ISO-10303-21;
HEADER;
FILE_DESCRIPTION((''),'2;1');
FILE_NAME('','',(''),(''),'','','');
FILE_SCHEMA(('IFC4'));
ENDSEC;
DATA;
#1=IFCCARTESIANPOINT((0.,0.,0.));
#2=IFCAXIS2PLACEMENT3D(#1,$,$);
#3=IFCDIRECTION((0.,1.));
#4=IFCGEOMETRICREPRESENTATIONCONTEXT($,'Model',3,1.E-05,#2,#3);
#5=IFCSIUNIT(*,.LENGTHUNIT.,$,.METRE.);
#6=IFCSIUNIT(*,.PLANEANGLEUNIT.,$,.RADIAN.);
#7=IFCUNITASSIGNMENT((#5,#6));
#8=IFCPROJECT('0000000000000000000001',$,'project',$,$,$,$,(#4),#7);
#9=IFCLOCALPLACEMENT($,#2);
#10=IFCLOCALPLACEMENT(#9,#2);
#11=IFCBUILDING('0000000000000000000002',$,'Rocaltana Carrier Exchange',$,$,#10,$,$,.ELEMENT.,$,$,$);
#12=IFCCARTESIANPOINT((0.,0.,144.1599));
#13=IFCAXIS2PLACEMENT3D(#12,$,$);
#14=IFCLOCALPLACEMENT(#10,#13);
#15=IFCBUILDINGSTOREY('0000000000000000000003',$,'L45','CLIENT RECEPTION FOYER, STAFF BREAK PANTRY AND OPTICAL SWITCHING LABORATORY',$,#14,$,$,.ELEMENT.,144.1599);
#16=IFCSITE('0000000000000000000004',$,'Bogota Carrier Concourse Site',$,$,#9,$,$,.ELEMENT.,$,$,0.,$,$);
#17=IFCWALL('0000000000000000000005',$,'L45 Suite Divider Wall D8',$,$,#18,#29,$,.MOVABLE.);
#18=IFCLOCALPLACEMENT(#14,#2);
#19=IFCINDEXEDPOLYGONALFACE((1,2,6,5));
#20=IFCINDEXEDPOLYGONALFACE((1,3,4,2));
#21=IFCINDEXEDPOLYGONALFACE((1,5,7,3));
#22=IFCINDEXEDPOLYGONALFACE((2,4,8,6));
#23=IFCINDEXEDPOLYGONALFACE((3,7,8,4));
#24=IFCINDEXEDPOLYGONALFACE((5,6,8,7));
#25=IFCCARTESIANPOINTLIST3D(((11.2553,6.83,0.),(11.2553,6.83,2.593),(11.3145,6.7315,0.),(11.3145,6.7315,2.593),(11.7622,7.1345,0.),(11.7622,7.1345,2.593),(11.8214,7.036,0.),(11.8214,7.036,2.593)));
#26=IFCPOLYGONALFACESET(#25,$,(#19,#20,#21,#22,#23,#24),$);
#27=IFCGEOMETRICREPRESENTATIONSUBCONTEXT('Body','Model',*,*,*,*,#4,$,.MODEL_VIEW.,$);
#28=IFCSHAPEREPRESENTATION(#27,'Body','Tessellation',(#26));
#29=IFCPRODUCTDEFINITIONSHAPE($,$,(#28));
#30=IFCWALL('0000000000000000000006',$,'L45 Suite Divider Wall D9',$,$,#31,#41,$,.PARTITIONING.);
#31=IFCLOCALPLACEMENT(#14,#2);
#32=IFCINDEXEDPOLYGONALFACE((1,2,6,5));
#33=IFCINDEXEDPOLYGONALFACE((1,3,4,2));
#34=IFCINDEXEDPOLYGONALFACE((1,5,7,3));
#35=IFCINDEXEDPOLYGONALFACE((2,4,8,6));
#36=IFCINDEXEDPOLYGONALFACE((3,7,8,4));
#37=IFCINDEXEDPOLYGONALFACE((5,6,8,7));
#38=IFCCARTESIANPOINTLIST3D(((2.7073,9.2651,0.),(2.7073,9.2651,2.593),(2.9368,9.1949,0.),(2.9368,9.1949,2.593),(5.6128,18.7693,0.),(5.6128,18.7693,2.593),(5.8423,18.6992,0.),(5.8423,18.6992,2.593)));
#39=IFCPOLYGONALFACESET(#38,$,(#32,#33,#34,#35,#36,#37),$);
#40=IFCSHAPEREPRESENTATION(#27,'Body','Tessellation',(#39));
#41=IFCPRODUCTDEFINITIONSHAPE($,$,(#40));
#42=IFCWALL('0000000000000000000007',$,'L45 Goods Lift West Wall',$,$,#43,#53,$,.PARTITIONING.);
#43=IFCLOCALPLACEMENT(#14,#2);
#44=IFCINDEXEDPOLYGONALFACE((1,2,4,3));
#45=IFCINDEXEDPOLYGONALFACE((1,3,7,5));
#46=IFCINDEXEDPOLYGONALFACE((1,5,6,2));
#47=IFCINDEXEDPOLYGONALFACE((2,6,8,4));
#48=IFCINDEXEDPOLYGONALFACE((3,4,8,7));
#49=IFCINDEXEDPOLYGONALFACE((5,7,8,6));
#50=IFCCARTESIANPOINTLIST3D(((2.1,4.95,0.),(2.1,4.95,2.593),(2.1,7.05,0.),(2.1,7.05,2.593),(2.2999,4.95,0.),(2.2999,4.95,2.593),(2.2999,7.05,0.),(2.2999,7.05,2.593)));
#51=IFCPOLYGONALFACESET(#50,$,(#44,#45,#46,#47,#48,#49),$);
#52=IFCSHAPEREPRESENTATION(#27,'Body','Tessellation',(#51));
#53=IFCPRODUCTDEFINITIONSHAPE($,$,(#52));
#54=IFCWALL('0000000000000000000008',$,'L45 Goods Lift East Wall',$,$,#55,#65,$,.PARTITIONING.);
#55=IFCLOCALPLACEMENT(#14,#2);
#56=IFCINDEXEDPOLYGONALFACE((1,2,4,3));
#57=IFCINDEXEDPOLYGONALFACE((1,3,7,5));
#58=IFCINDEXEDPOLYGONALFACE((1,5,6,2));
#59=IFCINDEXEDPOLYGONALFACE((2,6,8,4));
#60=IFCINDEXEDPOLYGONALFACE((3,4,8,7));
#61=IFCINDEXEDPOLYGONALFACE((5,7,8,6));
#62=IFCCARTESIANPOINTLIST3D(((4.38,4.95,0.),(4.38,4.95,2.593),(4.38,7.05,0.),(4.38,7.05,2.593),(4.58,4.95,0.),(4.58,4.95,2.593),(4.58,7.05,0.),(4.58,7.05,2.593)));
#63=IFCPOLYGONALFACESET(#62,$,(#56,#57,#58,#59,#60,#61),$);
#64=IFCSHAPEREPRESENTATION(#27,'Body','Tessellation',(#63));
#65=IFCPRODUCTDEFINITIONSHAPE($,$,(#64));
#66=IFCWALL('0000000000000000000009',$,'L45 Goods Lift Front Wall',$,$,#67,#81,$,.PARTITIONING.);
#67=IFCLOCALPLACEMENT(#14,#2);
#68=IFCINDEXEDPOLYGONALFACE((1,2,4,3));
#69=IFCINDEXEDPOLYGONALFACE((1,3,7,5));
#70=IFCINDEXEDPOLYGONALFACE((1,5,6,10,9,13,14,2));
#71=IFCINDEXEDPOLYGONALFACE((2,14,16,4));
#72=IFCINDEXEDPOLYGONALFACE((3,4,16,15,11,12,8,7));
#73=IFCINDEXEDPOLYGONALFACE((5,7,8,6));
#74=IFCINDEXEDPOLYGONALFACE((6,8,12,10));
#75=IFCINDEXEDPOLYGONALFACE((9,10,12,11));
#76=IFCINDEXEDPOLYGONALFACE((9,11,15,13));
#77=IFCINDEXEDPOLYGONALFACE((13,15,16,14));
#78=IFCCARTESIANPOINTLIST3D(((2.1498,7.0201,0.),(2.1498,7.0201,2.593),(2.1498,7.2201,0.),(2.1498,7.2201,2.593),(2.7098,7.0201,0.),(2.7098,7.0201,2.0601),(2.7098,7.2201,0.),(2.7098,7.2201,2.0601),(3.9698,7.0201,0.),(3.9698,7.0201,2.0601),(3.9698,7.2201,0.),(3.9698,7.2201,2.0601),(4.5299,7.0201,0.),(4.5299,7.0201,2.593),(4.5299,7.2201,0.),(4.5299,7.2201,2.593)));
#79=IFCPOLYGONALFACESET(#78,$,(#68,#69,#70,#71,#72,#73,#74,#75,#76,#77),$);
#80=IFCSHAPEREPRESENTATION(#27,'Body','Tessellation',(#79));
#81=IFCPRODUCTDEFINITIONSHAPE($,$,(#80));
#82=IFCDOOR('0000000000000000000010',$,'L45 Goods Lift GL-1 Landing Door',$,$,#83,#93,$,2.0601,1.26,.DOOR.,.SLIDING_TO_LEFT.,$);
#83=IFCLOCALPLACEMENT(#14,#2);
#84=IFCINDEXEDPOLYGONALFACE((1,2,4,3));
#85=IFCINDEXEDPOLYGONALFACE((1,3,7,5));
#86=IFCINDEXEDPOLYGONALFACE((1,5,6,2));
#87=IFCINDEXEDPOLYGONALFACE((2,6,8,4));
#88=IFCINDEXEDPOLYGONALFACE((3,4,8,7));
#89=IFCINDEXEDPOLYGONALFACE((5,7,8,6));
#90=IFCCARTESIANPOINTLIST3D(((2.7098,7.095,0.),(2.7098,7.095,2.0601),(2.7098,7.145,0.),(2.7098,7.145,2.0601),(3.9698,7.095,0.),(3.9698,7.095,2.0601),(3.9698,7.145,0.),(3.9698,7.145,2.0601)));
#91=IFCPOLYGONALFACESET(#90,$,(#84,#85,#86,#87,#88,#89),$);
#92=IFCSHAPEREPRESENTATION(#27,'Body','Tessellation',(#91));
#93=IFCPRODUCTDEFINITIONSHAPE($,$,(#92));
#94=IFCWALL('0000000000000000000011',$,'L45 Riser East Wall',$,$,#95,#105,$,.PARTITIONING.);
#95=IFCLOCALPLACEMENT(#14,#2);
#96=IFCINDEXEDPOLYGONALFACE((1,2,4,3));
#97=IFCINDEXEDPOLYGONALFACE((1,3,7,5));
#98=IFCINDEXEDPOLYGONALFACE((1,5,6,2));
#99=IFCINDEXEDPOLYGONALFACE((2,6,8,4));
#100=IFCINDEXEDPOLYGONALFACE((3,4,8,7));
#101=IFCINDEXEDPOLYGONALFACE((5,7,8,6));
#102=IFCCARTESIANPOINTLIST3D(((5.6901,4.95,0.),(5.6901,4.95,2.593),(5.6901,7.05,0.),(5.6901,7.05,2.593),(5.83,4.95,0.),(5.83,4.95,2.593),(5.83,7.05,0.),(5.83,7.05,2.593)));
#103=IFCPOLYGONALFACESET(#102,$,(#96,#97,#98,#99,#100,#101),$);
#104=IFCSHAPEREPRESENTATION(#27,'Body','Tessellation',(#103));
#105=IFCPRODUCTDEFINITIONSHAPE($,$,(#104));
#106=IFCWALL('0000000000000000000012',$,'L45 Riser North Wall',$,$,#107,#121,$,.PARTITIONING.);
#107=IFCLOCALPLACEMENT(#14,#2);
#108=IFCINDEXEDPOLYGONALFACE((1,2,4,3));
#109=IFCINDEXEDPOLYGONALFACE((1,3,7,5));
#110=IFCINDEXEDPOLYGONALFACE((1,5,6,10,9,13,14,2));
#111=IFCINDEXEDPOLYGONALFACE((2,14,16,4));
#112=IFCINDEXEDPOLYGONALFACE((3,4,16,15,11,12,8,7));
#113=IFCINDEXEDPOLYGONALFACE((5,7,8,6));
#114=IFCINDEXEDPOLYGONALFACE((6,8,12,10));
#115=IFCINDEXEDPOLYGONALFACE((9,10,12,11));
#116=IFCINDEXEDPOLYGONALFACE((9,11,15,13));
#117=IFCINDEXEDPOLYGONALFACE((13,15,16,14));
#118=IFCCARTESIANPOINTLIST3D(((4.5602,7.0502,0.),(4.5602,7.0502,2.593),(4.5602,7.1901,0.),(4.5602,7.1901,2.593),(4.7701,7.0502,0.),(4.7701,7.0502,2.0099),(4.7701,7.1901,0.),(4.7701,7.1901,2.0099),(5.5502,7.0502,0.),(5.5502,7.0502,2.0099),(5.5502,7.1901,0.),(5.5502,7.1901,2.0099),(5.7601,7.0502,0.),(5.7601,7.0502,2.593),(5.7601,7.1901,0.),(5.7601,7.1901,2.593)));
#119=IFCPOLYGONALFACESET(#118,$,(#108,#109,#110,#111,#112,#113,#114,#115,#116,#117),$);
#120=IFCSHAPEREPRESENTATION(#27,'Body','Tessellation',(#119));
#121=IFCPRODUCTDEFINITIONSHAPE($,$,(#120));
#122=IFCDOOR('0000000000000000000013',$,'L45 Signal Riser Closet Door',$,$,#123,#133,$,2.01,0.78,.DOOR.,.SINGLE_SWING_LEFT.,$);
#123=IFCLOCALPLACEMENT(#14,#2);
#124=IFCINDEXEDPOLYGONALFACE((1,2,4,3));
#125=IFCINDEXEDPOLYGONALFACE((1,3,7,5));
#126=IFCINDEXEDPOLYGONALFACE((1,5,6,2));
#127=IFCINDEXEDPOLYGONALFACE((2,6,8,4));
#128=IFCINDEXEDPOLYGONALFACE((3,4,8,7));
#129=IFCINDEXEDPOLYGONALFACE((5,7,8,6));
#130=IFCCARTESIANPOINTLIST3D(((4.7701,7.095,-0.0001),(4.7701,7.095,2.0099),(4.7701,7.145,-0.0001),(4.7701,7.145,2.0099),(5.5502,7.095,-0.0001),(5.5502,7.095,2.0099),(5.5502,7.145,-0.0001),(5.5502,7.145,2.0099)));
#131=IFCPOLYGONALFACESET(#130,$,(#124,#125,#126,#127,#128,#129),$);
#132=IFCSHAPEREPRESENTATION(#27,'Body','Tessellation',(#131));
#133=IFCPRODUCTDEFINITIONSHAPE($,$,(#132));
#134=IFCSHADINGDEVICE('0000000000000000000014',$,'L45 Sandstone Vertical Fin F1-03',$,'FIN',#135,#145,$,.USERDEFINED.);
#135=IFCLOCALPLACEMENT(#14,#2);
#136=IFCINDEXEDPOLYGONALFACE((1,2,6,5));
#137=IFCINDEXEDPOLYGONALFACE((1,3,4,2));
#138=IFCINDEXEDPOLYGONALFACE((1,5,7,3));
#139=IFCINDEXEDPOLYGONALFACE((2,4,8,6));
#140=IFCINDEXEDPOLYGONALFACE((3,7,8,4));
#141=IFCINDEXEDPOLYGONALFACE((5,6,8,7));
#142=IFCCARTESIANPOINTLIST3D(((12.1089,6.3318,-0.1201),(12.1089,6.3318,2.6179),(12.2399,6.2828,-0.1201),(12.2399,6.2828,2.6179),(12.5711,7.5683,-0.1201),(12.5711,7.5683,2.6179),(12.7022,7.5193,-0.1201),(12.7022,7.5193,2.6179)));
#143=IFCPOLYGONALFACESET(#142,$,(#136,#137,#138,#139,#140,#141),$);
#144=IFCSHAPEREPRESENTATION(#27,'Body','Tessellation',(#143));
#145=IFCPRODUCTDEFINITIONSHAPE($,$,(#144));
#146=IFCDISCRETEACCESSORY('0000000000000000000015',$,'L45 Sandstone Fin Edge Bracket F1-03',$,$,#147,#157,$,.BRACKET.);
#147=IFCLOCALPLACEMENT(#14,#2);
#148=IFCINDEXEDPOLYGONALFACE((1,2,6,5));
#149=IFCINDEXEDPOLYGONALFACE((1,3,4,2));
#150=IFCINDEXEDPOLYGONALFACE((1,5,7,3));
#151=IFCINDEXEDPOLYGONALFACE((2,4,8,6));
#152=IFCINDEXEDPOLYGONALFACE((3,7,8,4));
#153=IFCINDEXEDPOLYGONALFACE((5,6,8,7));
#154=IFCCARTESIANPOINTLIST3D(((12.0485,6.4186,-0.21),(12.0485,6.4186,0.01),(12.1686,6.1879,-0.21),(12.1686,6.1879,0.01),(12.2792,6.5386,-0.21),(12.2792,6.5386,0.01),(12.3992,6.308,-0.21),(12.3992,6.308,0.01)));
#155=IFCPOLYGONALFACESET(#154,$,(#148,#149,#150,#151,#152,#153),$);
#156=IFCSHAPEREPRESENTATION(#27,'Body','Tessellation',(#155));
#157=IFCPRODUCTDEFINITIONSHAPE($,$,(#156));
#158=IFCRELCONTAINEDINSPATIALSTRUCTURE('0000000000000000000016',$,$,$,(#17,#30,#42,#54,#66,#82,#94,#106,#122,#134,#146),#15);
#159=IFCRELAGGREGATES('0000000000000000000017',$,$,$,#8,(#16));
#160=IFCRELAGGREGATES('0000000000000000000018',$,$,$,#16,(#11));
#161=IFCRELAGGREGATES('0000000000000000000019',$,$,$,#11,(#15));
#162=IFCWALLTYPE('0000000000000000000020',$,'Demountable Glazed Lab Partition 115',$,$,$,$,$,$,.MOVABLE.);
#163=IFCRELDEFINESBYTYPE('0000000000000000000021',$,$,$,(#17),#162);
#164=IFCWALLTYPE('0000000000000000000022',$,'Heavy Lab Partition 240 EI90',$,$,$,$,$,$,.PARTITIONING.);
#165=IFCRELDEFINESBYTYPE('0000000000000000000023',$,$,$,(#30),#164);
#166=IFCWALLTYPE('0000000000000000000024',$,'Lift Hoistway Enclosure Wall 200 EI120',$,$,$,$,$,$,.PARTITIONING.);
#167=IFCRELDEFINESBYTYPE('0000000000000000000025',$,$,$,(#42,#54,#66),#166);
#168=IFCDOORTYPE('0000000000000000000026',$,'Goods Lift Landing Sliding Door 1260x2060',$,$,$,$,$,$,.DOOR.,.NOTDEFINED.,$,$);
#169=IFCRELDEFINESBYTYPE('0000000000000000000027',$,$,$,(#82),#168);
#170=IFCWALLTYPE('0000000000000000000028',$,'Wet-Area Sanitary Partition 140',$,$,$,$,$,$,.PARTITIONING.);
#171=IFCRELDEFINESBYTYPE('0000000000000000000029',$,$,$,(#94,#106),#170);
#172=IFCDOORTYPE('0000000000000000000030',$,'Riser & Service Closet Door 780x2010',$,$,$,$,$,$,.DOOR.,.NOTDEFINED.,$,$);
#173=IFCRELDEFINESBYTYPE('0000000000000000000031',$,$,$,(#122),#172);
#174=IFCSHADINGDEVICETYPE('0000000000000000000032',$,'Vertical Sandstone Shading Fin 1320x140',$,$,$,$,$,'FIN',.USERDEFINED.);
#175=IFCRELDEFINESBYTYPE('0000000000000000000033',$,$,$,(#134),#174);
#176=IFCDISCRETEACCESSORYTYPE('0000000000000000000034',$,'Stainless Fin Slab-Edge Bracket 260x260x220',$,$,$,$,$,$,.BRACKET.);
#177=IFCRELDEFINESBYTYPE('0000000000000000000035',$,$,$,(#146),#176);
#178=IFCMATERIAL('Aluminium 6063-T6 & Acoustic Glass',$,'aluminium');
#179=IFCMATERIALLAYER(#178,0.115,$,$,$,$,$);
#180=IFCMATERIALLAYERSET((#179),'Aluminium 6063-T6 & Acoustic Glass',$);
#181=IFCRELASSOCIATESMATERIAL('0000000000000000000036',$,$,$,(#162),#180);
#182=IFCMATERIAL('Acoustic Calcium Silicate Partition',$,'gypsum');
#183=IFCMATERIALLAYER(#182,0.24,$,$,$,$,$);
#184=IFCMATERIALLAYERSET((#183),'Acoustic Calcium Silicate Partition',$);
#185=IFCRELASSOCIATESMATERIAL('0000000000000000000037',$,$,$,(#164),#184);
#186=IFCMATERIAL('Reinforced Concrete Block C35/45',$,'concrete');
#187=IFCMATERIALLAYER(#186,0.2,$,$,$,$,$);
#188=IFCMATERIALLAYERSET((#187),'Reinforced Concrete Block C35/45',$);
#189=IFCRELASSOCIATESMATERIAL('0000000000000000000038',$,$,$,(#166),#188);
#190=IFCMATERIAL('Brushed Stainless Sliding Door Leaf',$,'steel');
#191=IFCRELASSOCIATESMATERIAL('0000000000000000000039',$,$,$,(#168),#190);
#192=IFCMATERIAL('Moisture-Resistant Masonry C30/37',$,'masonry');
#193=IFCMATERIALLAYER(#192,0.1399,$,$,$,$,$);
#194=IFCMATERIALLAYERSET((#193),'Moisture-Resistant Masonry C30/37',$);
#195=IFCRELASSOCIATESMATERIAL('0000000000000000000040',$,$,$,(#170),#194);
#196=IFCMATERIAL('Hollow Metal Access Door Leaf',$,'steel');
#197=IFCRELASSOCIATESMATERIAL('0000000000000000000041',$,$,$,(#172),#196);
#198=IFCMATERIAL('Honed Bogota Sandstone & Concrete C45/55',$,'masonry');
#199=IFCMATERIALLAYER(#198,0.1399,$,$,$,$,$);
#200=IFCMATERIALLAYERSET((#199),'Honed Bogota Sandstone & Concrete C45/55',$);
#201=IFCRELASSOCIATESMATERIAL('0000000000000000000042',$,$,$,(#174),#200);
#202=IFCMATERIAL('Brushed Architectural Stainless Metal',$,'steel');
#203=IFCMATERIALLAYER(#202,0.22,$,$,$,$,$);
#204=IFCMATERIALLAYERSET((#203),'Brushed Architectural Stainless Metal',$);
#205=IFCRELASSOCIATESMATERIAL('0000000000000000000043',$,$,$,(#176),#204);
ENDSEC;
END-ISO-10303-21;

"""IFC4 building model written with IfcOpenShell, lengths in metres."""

from ifc_helpers import new_model, si_unit, direction, frame, frame_2d, origin, origin_2d, place, context, subcontext, project, spatial, rectangle, extrude, material, layer, layer_set, type_object, element, fill, save


model = new_model("IFC4")

# Units and contexts
model_context = context("Model", 3, precision=1e-05, world=origin(), true_north=direction((0.0, 1.0)))
body_context = subcontext(model_context, "Body", "Model", "MODEL_VIEW")
ifc_project = project(units=[si_unit("LENGTHUNIT", "METRE"), si_unit("PLANEANGLEUNIT", "RADIAN")], contexts=[model_context])

# Site, building, storey
site_placement = place(None, origin())
site = spatial("IfcSite", under=ifc_project, at=site_placement, Name="Bogota Carrier Concourse Site", CompositionType="ELEMENT", RefElevation=0.0)
building_placement = place(site_placement, origin())
building = spatial("IfcBuilding", under=site, at=building_placement, Name="Rocaltana Carrier Exchange", CompositionType="ELEMENT")
storey_placement = place(building_placement, frame((0.0, 0.0, 144.1599)))
storey = spatial("IfcBuildingStorey", under=building, at=storey_placement, Name="L45", Description="CLIENT RECEPTION FOYER, STAFF BREAK PANTRY AND OPTICAL SWITCHING LABORATORY", CompositionType="ELEMENT", Elevation=144.1599)

# Walls
ifc_material_1 = material(Name="Aluminium 6063-T6 & Acoustic Glass", Category="aluminium")
ifc_layer_1 = layer(ifc_material_1, 0.115)
ifc_layer_set_1 = layer_set([ifc_layer_1], Name="Aluminium 6063-T6 & Acoustic Glass")
wall_type_1 = type_object("IfcWallType", Name="Demountable Glazed Lab Partition 115", PredefinedType="MOVABLE", material=ifc_layer_set_1)
wall_1_placement = place(storey_placement, frame((11.2849, 6.7808, 0.0), z_axis=(0.0, 0.0, 1.0), x_axis=(0.857238, 0.514921, 0.0)))
element("IfcWall", 1, at=wall_1_placement, inside=storey, type_object=wall_type_1, Name="L45 Suite Divider Wall D8", PredefinedType="MOVABLE", context=body_context, shape_type="SweptSolid", body=[
    extrude(rectangle(XDim=0.5913, YDim=0.115, at=frame_2d((0.2957, 0.0))), origin(), (0.0, 0.0, 1.0), 2.593),
])
ifc_material_2 = material(Name="Acoustic Calcium Silicate Partition", Category="gypsum")
ifc_layer_2 = layer(ifc_material_2, 0.24)
ifc_layer_set_2 = layer_set([ifc_layer_2], Name="Acoustic Calcium Silicate Partition")
wall_type_2 = type_object("IfcWallType", Name="Heavy Lab Partition 240 EI90", PredefinedType="PARTITIONING", material=ifc_layer_set_2)
wall_2_placement = place(storey_placement, frame((2.822, 9.23, 0.0), z_axis=(0.0, 0.0, 1.0), x_axis=(0.292354, 0.95631, 0.0)))
element("IfcWall", 2, at=wall_2_placement, inside=storey, type_object=wall_type_2, Name="L45 Suite Divider Wall D9", PredefinedType="PARTITIONING", context=body_context, shape_type="SweptSolid", body=[
    extrude(rectangle(XDim=9.9385, YDim=0.24, at=frame_2d((4.9692, 0.0))), origin(), (0.0, 0.0, 1.0), 2.593),
])
ifc_material_3 = material(Name="Reinforced Concrete Block C35/45", Category="concrete")
ifc_layer_3 = layer(ifc_material_3, 0.2)
ifc_layer_set_3 = layer_set([ifc_layer_3], Name="Reinforced Concrete Block C35/45")
wall_type_3 = type_object("IfcWallType", Name="Lift Hoistway Enclosure Wall 200 EI120", PredefinedType="PARTITIONING", material=ifc_layer_set_3)
for number, where, z_axis, x_axis, name in (
    (3, (2.2, 4.95, 0.0), (0.0, 0.0, 1.0), (0.0, 1.0, 0.0), "L45 Goods Lift West Wall"),
    (4, (4.48, 4.95, 0.0), (0.0, 0.0, 1.0), (0.0, 1.0, 0.0), "L45 Goods Lift East Wall"),
):
    element("IfcWall", number, at=place(storey_placement, frame(where, z_axis=z_axis, x_axis=x_axis)), inside=storey, type_object=wall_type_3, Name=name, PredefinedType="PARTITIONING", context=body_context, shape_type="SweptSolid", body=[
        extrude(rectangle(XDim=2.1001, YDim=0.2, at=frame_2d((1.05, 0.0))), origin(), (0.0, 0.0, 1.0), 2.593),
    ])

# Wall, opening, door
wall_3_placement = place(storey_placement, frame((2.1499, 7.1201, 0.0), z_axis=(0.0, 0.0, 1.0), x_axis=(1.0, 0.0, 0.0)))
wall_3 = element("IfcWall", 5, at=wall_3_placement, inside=storey, type_object=wall_type_3, Name="L45 Goods Lift Front Wall", PredefinedType="PARTITIONING", context=body_context, shape_type="SweptSolid", body=[
    extrude(rectangle(XDim=2.3801, YDim=0.2, at=frame_2d((1.1899, 0.0))), origin(), (0.0, 0.0, 1.0), 2.593),
])
opening_1_placement = place(wall_3_placement, frame((0.5601, 0.0, 0.0)))
opening_1 = element("IfcOpeningElement", 6, at=opening_1_placement, cuts=wall_3, PredefinedType="OPENING", context=body_context, shape_type="SweptSolid", body=[
    extrude(rectangle(XDim=1.26, YDim=2.0601, at=frame_2d((0.6299, 1.03))), frame((0.0, 0.1099, 0.0), z_axis=(0.0, -1.0, 0.0), x_axis=(1.0, 0.0, 0.0)), (0.0, 0.0, 1.0), 0.22),
])
ifc_material_4 = material(Name="Brushed Stainless Sliding Door Leaf", Category="steel")
door_type_1 = type_object("IfcDoorType", Name="Goods Lift Landing Sliding Door 1260x2060", OperationType="NOTDEFINED", PredefinedType="DOOR", material=ifc_material_4)
door_1_placement = place(opening_1_placement, origin())
door_1 = element("IfcDoor", 7, at=door_1_placement, inside=storey, type_object=door_type_1, Name="L45 Goods Lift GL-1 Landing Door", OperationType="SLIDING_TO_LEFT", OverallHeight=2.0601, OverallWidth=1.26, PredefinedType="DOOR", context=body_context, shape_type="SweptSolid", body=[
    extrude(rectangle(XDim=1.26, YDim=2.0601, at=frame_2d((0.6299, 1.03))), frame((0.0, 0.0249, 0.0), z_axis=(0.0, -1.0, 0.0), x_axis=(1.0, 0.0, 0.0)), (0.0, 0.0, 1.0), 0.05),
])
fill(opening_1, door_1)

# Wall
ifc_material_5 = material(Name="Moisture-Resistant Masonry C30/37", Category="masonry")
ifc_layer_4 = layer(ifc_material_5, 0.1399)
ifc_layer_set_4 = layer_set([ifc_layer_4], Name="Moisture-Resistant Masonry C30/37")
wall_type_4 = type_object("IfcWallType", Name="Wet-Area Sanitary Partition 140", PredefinedType="PARTITIONING", material=ifc_layer_set_4)
wall_4_placement = place(storey_placement, frame((5.76, 4.95, 0.0), z_axis=(0.0, 0.0, 1.0), x_axis=(0.0, 1.0, 0.0)))
element("IfcWall", 8, at=wall_4_placement, inside=storey, type_object=wall_type_4, Name="L45 Riser East Wall", PredefinedType="PARTITIONING", context=body_context, shape_type="SweptSolid", body=[
    extrude(rectangle(XDim=2.1001, YDim=0.1399, at=frame_2d((1.05, 0.0))), origin(), (0.0, 0.0, 1.0), 2.593),
])

# Wall, opening, door
wall_5_placement = place(storey_placement, frame((4.5601, 7.1201, 0.0), z_axis=(0.0, 0.0, 1.0), x_axis=(1.0, 0.0, 0.0)))
wall_5 = element("IfcWall", 9, at=wall_5_placement, inside=storey, type_object=wall_type_4, Name="L45 Riser North Wall", PredefinedType="PARTITIONING", context=body_context, shape_type="SweptSolid", body=[
    extrude(rectangle(XDim=1.2, YDim=0.1399, at=frame_2d((0.6001, 0.0))), origin(), (0.0, 0.0, 1.0), 2.593),
])
opening_2_placement = place(wall_5_placement, frame((0.21, 0.0, 0.0)))
opening_2 = element("IfcOpeningElement", 10, at=opening_2_placement, cuts=wall_5, PredefinedType="OPENING", context=body_context, shape_type="SweptSolid", body=[
    extrude(rectangle(XDim=0.78, YDim=2.01, at=frame_2d((0.3901, 1.0049))), frame((0.0, 0.0798, 0.0), z_axis=(0.0, -1.0, 0.0), x_axis=(1.0, 0.0, 0.0)), (0.0, 0.0, 1.0), 0.1599),
])
ifc_material_6 = material(Name="Hollow Metal Access Door Leaf", Category="steel")
door_type_2 = type_object("IfcDoorType", Name="Riser & Service Closet Door 780x2010", OperationType="NOTDEFINED", PredefinedType="DOOR", material=ifc_material_6)
door_2_placement = place(opening_2_placement, origin())
door_2 = element("IfcDoor", 11, at=door_2_placement, inside=storey, type_object=door_type_2, Name="L45 Signal Riser Closet Door", OperationType="SINGLE_SWING_LEFT", OverallHeight=2.01, OverallWidth=0.78, PredefinedType="DOOR", context=body_context, shape_type="SweptSolid", body=[
    extrude(rectangle(XDim=0.78, YDim=2.01, at=frame_2d((0.3901, 1.0049))), frame((0.0, 0.0249, 0.0), z_axis=(0.0, -1.0, 0.0), x_axis=(1.0, 0.0, 0.0)), (0.0, 0.0, 1.0), 0.05),
])
fill(opening_2, door_2)

# Shading device
ifc_material_7 = material(Name="Honed Bogota Sandstone & Concrete C45/55", Category="masonry")
ifc_layer_5 = layer(ifc_material_7, 0.1399)
ifc_layer_set_5 = layer_set([ifc_layer_5], Name="Honed Bogota Sandstone & Concrete C45/55")
shading_device_type = type_object("IfcShadingDeviceType", Name="Vertical Sandstone Shading Fin 1320x140", ElementType="FIN", PredefinedType="USERDEFINED", material=ifc_layer_set_5)
shading_device_placement = place(storey_placement, frame((12.4055, 6.9255, -0.1201), z_axis=(0.0, 0.0, 1.0), x_axis=(0.350207, 0.936672, 0.0)))
element("IfcShadingDevice", 12, at=shading_device_placement, inside=storey, type_object=shading_device_type, Name="L45 Sandstone Vertical Fin F1-03", ObjectType="FIN", PredefinedType="USERDEFINED", context=body_context, shape_type="SweptSolid", body=[
    extrude(rectangle(XDim=1.3201, YDim=0.1399, at=origin_2d()), origin(), (0.0, 0.0, 1.0), 2.738),
])

# Discrete accessory
ifc_material_8 = material(Name="Brushed Architectural Stainless Metal", Category="steel")
ifc_layer_6 = layer(ifc_material_8, 0.22)
ifc_layer_set_6 = layer_set([ifc_layer_6], Name="Brushed Architectural Stainless Metal")
discrete_accessory_type = type_object("IfcDiscreteAccessoryType", Name="Stainless Fin Slab-Edge Bracket 260x260x220", PredefinedType="BRACKET", material=ifc_layer_set_6)
discrete_accessory_placement = place(storey_placement, frame((12.2239, 6.3633, -0.21), z_axis=(0.0, 0.0, 1.0), x_axis=(-0.461749, 0.887011, 0.0)))
element("IfcDiscreteAccessory", 13, at=discrete_accessory_placement, inside=storey, type_object=discrete_accessory_type, Name="L45 Sandstone Fin Edge Bracket F1-03", PredefinedType="BRACKET", context=body_context, shape_type="SweptSolid", body=[
    extrude(rectangle(XDim=0.26, YDim=0.26, at=origin_2d()), origin(), (0.0, 0.0, 1.0), 0.22),
])

save(model, "model.ifc")
